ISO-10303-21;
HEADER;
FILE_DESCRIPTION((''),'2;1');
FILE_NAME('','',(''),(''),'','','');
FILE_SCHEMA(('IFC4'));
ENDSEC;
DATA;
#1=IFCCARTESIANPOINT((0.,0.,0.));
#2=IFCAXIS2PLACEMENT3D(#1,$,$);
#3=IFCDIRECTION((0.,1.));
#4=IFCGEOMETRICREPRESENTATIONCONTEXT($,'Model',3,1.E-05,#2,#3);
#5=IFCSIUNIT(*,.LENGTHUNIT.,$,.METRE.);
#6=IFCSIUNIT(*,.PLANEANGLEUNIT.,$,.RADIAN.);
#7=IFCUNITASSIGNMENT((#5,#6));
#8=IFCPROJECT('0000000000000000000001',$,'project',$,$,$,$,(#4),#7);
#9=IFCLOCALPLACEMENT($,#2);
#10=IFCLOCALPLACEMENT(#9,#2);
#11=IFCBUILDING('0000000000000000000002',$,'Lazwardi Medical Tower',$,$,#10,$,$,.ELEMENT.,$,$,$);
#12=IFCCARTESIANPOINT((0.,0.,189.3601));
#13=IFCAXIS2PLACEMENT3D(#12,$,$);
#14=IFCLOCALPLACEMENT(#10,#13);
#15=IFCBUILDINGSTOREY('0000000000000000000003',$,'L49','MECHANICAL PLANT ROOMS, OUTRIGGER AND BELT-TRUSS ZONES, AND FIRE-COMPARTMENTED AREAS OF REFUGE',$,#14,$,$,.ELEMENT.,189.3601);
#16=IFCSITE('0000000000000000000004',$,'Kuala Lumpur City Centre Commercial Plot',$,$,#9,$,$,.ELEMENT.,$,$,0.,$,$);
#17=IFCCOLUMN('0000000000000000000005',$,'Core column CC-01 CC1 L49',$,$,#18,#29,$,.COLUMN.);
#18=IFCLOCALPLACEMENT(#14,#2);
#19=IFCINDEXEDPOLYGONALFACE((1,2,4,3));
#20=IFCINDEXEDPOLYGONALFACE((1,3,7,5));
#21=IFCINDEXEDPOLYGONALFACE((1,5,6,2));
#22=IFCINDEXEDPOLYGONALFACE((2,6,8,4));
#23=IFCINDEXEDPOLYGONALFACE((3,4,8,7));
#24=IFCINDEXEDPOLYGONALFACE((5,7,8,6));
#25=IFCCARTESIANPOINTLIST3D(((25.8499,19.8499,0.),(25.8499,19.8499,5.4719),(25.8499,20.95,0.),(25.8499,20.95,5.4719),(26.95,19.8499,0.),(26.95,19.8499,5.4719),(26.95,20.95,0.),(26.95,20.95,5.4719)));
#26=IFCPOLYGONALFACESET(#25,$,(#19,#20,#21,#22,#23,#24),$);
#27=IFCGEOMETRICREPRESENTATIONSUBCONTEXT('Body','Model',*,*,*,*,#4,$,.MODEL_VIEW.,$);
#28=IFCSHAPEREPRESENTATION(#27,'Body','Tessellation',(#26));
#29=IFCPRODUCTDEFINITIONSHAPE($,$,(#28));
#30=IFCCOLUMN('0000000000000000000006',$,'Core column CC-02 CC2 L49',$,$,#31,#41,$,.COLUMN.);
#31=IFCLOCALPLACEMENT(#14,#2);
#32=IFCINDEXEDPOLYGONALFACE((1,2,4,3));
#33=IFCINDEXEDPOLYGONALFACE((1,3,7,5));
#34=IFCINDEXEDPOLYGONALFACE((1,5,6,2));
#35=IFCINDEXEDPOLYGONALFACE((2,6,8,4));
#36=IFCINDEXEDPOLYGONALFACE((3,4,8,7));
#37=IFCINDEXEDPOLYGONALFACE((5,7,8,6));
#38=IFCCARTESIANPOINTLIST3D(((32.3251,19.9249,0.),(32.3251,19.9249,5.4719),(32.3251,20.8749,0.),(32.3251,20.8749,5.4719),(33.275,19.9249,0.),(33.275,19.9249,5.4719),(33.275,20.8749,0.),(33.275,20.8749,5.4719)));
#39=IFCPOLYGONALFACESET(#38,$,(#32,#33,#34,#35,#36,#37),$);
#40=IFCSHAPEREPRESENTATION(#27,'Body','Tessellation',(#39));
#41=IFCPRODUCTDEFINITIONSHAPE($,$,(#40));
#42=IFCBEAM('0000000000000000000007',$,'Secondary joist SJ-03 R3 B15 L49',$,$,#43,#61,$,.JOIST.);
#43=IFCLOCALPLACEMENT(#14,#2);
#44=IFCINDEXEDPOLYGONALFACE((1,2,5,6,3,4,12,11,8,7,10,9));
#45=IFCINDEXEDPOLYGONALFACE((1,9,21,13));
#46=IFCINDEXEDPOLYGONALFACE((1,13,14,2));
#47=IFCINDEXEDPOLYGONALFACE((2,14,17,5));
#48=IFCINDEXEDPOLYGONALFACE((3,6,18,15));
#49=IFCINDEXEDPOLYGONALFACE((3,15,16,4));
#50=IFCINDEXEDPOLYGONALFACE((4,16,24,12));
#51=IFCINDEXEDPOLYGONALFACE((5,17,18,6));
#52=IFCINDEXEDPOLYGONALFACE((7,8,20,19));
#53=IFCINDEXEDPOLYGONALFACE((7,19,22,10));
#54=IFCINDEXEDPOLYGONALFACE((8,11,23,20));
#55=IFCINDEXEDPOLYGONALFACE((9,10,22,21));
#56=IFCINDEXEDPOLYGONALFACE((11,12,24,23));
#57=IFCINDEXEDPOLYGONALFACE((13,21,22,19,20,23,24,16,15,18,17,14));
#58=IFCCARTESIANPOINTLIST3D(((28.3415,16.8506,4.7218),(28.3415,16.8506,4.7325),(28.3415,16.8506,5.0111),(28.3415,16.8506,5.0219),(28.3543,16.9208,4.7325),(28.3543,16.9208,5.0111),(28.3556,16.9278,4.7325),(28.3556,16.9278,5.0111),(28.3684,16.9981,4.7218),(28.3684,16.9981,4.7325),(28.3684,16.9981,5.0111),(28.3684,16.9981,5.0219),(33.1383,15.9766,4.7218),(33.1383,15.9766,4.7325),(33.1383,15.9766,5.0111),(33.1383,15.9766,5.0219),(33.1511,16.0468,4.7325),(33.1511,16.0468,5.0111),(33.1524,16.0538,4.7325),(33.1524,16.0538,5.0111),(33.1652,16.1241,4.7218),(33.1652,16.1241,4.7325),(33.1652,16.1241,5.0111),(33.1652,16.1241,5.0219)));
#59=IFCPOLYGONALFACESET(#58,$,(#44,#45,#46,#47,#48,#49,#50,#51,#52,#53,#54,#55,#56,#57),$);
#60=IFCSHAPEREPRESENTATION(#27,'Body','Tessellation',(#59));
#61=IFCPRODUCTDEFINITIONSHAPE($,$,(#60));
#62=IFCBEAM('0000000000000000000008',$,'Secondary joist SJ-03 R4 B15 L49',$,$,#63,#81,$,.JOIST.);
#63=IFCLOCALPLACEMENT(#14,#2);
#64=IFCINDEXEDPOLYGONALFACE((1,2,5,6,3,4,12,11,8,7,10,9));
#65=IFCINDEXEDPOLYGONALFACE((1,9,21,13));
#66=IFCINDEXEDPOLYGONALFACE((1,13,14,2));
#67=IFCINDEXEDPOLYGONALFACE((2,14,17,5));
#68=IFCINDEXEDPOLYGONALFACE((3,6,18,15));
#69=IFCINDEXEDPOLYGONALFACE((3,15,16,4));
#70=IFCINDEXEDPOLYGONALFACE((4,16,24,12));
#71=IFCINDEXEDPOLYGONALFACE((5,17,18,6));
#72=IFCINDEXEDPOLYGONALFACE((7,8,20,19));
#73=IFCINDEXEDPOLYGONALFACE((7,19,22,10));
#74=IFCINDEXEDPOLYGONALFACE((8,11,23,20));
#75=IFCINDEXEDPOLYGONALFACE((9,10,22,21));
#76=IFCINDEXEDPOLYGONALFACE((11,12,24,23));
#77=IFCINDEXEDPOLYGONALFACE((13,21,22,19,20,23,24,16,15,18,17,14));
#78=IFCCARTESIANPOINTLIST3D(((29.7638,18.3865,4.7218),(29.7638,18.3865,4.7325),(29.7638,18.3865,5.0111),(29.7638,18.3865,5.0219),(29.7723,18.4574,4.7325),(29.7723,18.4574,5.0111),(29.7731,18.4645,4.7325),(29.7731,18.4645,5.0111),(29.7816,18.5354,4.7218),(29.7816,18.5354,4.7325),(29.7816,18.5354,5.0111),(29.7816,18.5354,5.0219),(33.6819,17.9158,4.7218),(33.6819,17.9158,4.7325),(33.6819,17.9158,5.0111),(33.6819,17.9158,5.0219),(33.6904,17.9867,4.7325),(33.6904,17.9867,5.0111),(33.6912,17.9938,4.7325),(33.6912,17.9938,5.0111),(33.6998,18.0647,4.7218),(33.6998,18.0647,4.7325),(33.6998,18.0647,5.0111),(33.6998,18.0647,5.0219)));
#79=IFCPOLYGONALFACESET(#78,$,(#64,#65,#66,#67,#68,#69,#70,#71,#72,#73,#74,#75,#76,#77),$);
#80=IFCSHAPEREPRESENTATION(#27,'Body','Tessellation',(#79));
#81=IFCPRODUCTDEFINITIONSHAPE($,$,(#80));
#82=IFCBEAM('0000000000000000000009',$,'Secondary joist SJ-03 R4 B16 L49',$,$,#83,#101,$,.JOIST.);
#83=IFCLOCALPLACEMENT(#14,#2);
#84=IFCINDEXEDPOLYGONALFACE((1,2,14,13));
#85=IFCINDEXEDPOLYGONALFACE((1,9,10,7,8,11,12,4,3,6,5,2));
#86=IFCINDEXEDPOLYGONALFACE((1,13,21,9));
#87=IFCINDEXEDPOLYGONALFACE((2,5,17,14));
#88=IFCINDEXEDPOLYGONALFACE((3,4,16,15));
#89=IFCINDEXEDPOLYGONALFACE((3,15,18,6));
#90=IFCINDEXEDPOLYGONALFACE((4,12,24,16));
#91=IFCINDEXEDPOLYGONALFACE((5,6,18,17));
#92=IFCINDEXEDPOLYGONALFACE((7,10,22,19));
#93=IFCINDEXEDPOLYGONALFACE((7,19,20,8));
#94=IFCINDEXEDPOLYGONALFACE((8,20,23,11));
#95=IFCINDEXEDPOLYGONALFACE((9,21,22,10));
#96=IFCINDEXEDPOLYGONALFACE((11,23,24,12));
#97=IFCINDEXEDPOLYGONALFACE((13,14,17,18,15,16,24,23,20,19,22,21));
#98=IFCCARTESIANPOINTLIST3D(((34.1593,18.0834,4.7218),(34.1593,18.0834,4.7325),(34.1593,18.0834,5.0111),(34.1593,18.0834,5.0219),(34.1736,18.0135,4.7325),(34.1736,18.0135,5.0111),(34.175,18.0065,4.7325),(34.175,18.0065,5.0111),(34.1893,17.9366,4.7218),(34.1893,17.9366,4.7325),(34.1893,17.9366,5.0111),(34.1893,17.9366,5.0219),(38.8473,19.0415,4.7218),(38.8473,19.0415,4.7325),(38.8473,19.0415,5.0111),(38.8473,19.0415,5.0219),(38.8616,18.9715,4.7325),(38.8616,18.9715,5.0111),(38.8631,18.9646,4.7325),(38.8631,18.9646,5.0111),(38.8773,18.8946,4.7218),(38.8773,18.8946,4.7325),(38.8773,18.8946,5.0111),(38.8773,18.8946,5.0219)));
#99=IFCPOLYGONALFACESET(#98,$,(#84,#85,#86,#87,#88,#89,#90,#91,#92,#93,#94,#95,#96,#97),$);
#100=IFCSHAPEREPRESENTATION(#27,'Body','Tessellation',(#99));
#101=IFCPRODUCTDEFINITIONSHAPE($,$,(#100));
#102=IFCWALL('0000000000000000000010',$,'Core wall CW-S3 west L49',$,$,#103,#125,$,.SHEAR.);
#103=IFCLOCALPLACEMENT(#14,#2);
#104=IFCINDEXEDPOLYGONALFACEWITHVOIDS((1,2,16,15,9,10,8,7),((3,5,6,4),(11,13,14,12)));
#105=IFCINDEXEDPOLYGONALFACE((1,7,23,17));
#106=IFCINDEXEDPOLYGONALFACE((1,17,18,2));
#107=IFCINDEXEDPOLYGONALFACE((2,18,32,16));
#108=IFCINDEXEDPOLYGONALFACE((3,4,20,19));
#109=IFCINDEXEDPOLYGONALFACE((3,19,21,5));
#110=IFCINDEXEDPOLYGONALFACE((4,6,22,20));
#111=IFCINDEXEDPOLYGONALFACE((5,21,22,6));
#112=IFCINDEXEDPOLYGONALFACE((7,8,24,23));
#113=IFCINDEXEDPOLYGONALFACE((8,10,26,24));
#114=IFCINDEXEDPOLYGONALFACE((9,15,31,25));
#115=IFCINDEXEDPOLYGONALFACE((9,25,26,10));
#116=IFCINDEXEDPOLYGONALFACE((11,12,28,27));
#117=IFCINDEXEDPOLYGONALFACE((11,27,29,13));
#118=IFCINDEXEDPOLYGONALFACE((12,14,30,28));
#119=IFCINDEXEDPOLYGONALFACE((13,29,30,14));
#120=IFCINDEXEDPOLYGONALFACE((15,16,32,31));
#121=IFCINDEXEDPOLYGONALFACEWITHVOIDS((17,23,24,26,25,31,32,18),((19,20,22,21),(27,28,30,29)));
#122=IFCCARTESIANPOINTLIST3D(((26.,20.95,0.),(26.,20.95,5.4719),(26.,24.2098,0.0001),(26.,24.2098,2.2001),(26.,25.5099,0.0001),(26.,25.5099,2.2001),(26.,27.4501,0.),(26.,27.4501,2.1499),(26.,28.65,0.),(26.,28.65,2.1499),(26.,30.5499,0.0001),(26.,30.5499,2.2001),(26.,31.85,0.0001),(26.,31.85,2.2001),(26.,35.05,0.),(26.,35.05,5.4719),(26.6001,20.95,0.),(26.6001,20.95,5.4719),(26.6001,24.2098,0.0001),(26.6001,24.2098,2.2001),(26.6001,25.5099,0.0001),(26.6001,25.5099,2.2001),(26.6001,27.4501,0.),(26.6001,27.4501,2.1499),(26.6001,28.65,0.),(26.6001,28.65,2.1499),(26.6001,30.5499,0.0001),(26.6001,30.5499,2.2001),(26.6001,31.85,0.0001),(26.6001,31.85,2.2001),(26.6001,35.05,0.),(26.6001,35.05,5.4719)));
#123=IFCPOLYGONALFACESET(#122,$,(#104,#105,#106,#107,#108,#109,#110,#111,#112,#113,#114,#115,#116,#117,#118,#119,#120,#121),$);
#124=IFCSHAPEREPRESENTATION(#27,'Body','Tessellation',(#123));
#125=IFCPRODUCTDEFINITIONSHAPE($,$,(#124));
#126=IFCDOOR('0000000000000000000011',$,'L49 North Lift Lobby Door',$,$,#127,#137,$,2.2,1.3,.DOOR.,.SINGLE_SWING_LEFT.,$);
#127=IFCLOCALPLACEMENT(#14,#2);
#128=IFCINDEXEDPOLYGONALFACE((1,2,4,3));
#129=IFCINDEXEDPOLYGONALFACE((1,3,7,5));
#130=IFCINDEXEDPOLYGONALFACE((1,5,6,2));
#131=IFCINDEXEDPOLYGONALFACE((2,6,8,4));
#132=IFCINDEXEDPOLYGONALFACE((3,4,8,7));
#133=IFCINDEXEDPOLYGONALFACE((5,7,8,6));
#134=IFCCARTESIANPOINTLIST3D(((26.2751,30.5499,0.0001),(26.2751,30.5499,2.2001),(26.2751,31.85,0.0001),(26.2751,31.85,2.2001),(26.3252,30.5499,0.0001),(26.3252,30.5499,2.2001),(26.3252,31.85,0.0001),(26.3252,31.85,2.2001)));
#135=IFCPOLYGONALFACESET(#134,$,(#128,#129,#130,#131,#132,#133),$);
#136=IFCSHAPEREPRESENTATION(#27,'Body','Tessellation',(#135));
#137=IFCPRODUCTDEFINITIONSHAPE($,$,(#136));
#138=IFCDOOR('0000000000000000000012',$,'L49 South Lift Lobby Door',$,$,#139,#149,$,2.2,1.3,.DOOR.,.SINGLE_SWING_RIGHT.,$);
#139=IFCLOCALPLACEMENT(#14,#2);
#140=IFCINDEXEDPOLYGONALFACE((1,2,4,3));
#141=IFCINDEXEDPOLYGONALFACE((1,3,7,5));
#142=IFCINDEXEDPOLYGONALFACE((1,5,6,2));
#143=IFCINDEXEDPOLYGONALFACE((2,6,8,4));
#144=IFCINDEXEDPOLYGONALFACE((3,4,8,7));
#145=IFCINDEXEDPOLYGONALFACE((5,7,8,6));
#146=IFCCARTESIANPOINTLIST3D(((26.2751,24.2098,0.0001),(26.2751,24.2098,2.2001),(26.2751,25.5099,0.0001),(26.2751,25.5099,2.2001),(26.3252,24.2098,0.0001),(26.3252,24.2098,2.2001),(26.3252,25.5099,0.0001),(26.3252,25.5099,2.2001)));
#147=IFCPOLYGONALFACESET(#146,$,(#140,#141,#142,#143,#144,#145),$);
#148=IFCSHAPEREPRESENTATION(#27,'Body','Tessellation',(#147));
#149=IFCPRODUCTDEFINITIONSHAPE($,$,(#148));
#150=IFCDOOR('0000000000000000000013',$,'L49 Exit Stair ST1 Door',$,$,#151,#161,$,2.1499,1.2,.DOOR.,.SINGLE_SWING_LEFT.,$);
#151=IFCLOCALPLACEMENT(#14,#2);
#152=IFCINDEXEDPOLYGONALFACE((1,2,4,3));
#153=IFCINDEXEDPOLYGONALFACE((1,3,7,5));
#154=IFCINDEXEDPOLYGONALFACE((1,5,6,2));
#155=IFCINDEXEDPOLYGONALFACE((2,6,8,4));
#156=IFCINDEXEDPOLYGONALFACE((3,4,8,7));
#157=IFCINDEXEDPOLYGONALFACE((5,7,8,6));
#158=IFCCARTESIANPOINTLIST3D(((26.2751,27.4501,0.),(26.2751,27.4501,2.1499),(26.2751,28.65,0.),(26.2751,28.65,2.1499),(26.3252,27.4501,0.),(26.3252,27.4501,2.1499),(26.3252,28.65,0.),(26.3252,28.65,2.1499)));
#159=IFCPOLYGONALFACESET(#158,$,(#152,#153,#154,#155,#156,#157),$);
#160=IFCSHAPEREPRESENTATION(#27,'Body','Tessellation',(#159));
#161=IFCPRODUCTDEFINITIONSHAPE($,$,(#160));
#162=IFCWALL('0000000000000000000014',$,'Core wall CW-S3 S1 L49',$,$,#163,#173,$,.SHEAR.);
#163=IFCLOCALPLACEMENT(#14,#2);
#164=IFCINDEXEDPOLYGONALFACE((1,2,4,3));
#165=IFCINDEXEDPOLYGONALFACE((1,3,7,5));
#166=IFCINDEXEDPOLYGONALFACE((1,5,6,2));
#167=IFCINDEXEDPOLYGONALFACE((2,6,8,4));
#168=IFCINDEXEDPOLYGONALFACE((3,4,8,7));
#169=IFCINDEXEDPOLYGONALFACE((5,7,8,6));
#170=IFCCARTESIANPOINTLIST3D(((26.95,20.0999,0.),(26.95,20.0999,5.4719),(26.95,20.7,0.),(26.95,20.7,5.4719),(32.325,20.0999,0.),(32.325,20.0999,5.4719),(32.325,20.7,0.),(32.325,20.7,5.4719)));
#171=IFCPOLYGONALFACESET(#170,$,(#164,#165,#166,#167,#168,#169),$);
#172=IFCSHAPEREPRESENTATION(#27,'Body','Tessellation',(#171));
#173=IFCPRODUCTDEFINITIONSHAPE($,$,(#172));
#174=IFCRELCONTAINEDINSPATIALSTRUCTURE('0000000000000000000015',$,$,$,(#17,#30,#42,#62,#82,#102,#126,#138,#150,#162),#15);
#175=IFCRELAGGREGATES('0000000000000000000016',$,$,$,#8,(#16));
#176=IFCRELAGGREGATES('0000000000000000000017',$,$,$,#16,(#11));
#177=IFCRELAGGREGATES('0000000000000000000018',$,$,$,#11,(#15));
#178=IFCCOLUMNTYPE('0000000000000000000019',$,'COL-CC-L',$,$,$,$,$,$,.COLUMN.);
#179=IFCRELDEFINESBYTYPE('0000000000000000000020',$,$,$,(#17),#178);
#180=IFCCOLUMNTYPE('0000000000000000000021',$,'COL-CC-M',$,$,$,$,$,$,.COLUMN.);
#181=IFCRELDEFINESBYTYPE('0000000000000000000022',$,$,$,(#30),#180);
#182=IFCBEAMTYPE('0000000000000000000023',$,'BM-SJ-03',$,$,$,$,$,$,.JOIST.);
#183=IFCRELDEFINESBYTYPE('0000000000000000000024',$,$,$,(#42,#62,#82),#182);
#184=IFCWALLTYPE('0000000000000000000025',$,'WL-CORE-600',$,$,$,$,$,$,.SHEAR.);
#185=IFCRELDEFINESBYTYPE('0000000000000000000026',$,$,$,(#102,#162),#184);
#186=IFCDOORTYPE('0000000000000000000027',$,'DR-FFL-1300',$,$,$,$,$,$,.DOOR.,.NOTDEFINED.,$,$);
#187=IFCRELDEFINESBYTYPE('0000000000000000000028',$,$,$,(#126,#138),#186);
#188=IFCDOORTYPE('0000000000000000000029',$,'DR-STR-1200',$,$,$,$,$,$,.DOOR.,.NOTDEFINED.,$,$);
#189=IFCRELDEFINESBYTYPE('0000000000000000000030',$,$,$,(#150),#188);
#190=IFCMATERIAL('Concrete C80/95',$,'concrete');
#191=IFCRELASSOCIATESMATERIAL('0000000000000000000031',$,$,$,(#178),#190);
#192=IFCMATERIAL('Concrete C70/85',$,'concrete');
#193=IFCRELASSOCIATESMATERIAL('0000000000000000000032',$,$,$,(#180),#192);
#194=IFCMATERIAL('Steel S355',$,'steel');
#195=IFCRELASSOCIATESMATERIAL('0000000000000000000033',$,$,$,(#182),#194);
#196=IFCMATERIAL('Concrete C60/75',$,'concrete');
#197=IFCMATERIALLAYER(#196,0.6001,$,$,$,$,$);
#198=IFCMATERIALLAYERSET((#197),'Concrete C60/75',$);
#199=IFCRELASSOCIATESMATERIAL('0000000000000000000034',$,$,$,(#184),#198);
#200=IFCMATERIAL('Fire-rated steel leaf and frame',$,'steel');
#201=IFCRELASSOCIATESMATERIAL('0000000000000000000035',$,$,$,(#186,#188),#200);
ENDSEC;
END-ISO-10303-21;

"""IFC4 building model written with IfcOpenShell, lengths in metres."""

from ifc_helpers import new_model, si_unit, direction, frame, frame_2d, origin, origin_2d, place, context, subcontext, project, spatial, rectangle, i_section, extrude, material, layer, layer_set, material_profile, profile_set, type_object, element, fill, save


model = new_model("IFC4")

# Units and contexts
model_context = context("Model", 3, precision=1e-05, world=origin(), true_north=direction((0.0, 1.0)))
body_context = subcontext(model_context, "Body", "Model", "MODEL_VIEW")
ifc_project = project(units=[si_unit("LENGTHUNIT", "METRE"), si_unit("PLANEANGLEUNIT", "RADIAN")], contexts=[model_context])

# Site, building, storey
site_placement = place(None, origin())
site = spatial("IfcSite", under=ifc_project, at=site_placement, Name="Kuala Lumpur City Centre Commercial Plot", CompositionType="ELEMENT", RefElevation=0.0)
building_placement = place(site_placement, origin())
building = spatial("IfcBuilding", under=site, at=building_placement, Name="Lazwardi Medical Tower", CompositionType="ELEMENT")
storey_placement = place(building_placement, frame((0.0, 0.0, 189.3601)))
storey = spatial("IfcBuildingStorey", under=building, at=storey_placement, Name="L49", Description="MECHANICAL PLANT ROOMS, OUTRIGGER AND BELT-TRUSS ZONES, AND FIRE-COMPARTMENTED AREAS OF REFUGE", CompositionType="ELEMENT", Elevation=189.3601)

# Columns
ifc_material_1 = material(Name="Concrete C80/95", Category="concrete")
ifc_material_profile_1 = material_profile(ifc_material_1, rectangle(XDim=1.1001, YDim=1.1001, at=origin_2d()), Name="RC 1100x1100")
ifc_profile_set_1 = profile_set([ifc_material_profile_1], Name="Concrete C80/95")
column_type_1 = type_object("IfcColumnType", Name="COL-CC-L", PredefinedType="COLUMN", material=ifc_profile_set_1)
column_1_placement = place(storey_placement, frame((26.3999, 20.3999, 0.0), z_axis=(0.0, 0.0, 1.0), x_axis=(1.0, 0.0, 0.0)))
element("IfcColumn", 1, at=column_1_placement, inside=storey, type_object=column_type_1, Name="Core column CC-01 CC1 L49", PredefinedType="COLUMN", context=body_context, shape_type="SweptSolid", body=[
    extrude(rectangle(XDim=1.1001, YDim=1.1001, at=origin_2d()), origin(), (0.0, 0.0, 1.0), 5.4719),
])
ifc_material_2 = material(Name="Concrete C70/85", Category="concrete")
ifc_material_profile_2 = material_profile(ifc_material_2, rectangle(XDim=0.95, YDim=0.95, at=origin_2d()), Name="RC 950x950")
ifc_profile_set_2 = profile_set([ifc_material_profile_2], Name="Concrete C70/85")
column_type_2 = type_object("IfcColumnType", Name="COL-CC-M", PredefinedType="COLUMN", material=ifc_profile_set_2)
column_2_placement = place(storey_placement, frame((32.8, 20.3999, 0.0), z_axis=(0.0, 0.0, 1.0), x_axis=(1.0, 0.0, 0.0)))
element("IfcColumn", 2, at=column_2_placement, inside=storey, type_object=column_type_2, Name="Core column CC-02 CC2 L49", PredefinedType="COLUMN", context=body_context, shape_type="SweptSolid", body=[
    extrude(rectangle(XDim=0.95, YDim=0.95, at=origin_2d()), origin(), (0.0, 0.0, 1.0), 5.4719),
])

# Beams
ifc_material_3 = material(Name="Steel S355", Category="steel")
ifc_material_profile_3 = material_profile(ifc_material_3, i_section(OverallWidth=0.1499, OverallDepth=0.3, WebThickness=0.0071, FlangeThickness=0.0107, at=origin_2d()), Name="IPE 300")
ifc_profile_set_3 = profile_set([ifc_material_profile_3], Name="Steel S355")
beam_type = type_object("IfcBeamType", Name="BM-SJ-03", PredefinedType="JOIST", material=ifc_profile_set_3)
beam_1_placement = place(storey_placement, frame((28.355, 16.9243, 4.8718), z_axis=(0.983803, -0.179256, 0.0), x_axis=(0.179256, 0.983803, 0.0)))
element("IfcBeam", 3, at=beam_1_placement, inside=storey, type_object=beam_type, Name="Secondary joist SJ-03 R3 B15 L49", PredefinedType="JOIST", context=body_context, shape_type="SweptSolid", body=[
    extrude(i_section(OverallWidth=0.1499, OverallDepth=0.3, WebThickness=0.0071, FlangeThickness=0.0107, at=origin_2d()), origin(), (0.0, 0.0, 1.0), 4.8757),
])
beam_2_placement = place(storey_placement, frame((29.7727, 18.4609, 4.8718), z_axis=(0.992861, -0.119275, 0.0), x_axis=(0.119275, 0.992861, 0.0)))
element("IfcBeam", 4, at=beam_2_placement, inside=storey, type_object=beam_type, Name="Secondary joist SJ-03 R4 B15 L49", PredefinedType="JOIST", context=body_context, shape_type="SweptSolid", body=[
    extrude(i_section(OverallWidth=0.1499, OverallDepth=0.3, WebThickness=0.0071, FlangeThickness=0.0107, at=origin_2d()), origin(), (0.0, 0.0, 1.0), 3.9463),
])
beam_3_placement = place(storey_placement, frame((34.1743, 18.01, 4.8718), z_axis=(0.979752, 0.200216, 0.0), x_axis=(-0.200216, 0.979752, 0.0)))
element("IfcBeam", 5, at=beam_3_placement, inside=storey, type_object=beam_type, Name="Secondary joist SJ-03 R4 B16 L49", PredefinedType="JOIST", context=body_context, shape_type="SweptSolid", body=[
    extrude(i_section(OverallWidth=0.1499, OverallDepth=0.3, WebThickness=0.0071, FlangeThickness=0.0107, at=origin_2d()), origin(), (0.0, 0.0, 1.0), 4.7849),
])

# Wall, openings, doors
ifc_material_4 = material(Name="Concrete C60/75", Category="concrete")
ifc_layer_1 = layer(ifc_material_4, 0.6001)
ifc_layer_set_1 = layer_set([ifc_layer_1], Name="Concrete C60/75")
wall_type_1 = type_object("IfcWallType", Name="WL-CORE-600", PredefinedType="SHEAR", material=ifc_layer_set_1)
wall_1_placement = place(storey_placement, frame((26.3, 20.95, 0.0), z_axis=(0.0, 0.0, 1.0), x_axis=(0.0, 1.0, 0.0)))
wall_1 = element("IfcWall", 6, at=wall_1_placement, inside=storey, type_object=wall_type_1, Name="Core wall CW-S3 west L49", PredefinedType="SHEAR", context=body_context, shape_type="SweptSolid", body=[
    extrude(rectangle(XDim=14.1001, YDim=0.6001, at=frame_2d((7.05, 0.0))), origin(), (0.0, 0.0, 1.0), 5.4719),
])
opening_1_placement = place(wall_1_placement, frame((6.5, 0.0, 0.0)))
opening_1 = element("IfcOpeningElement", 7, at=opening_1_placement, cuts=wall_1, PredefinedType="OPENING", context=body_context, shape_type="SweptSolid", body=[
    extrude(rectangle(XDim=1.2, YDim=2.1499, at=frame_2d((0.6001, 1.075))), frame((0.0, 0.3101, 0.0), z_axis=(0.0, -1.0, 0.0), x_axis=(1.0, 0.0, 0.0)), (0.0, 0.0, 1.0), 0.6201),
])
opening_2_placement = place(wall_1_placement, frame((9.6001, 0.0, 0.0)))
opening_2 = element("IfcOpeningElement", 8, at=opening_2_placement, cuts=wall_1, PredefinedType="OPENING", context=body_context, shape_type="SweptSolid", body=[
    extrude(rectangle(XDim=1.3, YDim=2.2, at=frame_2d((0.6499, 1.1001))), frame((0.0, 0.3101, 0.0), z_axis=(0.0, -1.0, 0.0), x_axis=(1.0, 0.0, 0.0)), (0.0, 0.0, 1.0), 0.6201),
])
opening_3_placement = place(wall_1_placement, frame((3.26, 0.0, 0.0)))
opening_3 = element("IfcOpeningElement", 9, at=opening_3_placement, cuts=wall_1, PredefinedType="OPENING", context=body_context, shape_type="SweptSolid", body=[
    extrude(rectangle(XDim=1.3, YDim=2.2, at=frame_2d((0.6499, 1.1001))), frame((0.0, 0.3101, 0.0), z_axis=(0.0, -1.0, 0.0), x_axis=(1.0, 0.0, 0.0)), (0.0, 0.0, 1.0), 0.6201),
])
ifc_material_5 = material(Name="Fire-rated steel leaf and frame", Category="steel")
door_type_1 = type_object("IfcDoorType", Name="DR-FFL-1300", OperationType="NOTDEFINED", PredefinedType="DOOR", material=ifc_material_5)
door_1_placement = place(opening_2_placement, origin())
door_1 = element("IfcDoor", 10, at=door_1_placement, inside=storey, type_object=door_type_1, Name="L49 North Lift Lobby Door", OperationType="SINGLE_SWING_LEFT", OverallHeight=2.2, OverallWidth=1.3, PredefinedType="DOOR", context=body_context, shape_type="SweptSolid", body=[
    extrude(rectangle(XDim=1.3, YDim=2.2, at=frame_2d((0.6499, 1.1001))), frame((0.0, 0.0249, 0.0), z_axis=(0.0, -1.0, 0.0), x_axis=(1.0, 0.0, 0.0)), (0.0, 0.0, 1.0), 0.05),
])
fill(opening_2, door_1)
door_2_placement = place(opening_3_placement, origin())
door_2 = element("IfcDoor", 11, at=door_2_placement, inside=storey, type_object=door_type_1, Name="L49 South Lift Lobby Door", OperationType="SINGLE_SWING_RIGHT", OverallHeight=2.2, OverallWidth=1.3, PredefinedType="DOOR", context=body_context, shape_type="SweptSolid", body=[
    extrude(rectangle(XDim=1.3, YDim=2.2, at=frame_2d((0.6499, 1.1001))), frame((0.0, 0.0249, 0.0), z_axis=(0.0, -1.0, 0.0), x_axis=(1.0, 0.0, 0.0)), (0.0, 0.0, 1.0), 0.05),
])
fill(opening_3, door_2)
door_type_2 = type_object("IfcDoorType", Name="DR-STR-1200", OperationType="NOTDEFINED", PredefinedType="DOOR", material=ifc_material_5)
door_3_placement = place(opening_1_placement, origin())
door_3 = element("IfcDoor", 12, at=door_3_placement, inside=storey, type_object=door_type_2, Name="L49 Exit Stair ST1 Door", OperationType="SINGLE_SWING_LEFT", OverallHeight=2.1499, OverallWidth=1.2, PredefinedType="DOOR", context=body_context, shape_type="SweptSolid", body=[
    extrude(rectangle(XDim=1.2, YDim=2.1499, at=frame_2d((0.6001, 1.075))), frame((0.0, 0.0249, 0.0), z_axis=(0.0, -1.0, 0.0), x_axis=(1.0, 0.0, 0.0)), (0.0, 0.0, 1.0), 0.05),
])
fill(opening_1, door_3)

# Wall
wall_2_placement = place(storey_placement, frame((26.95, 20.3999, 0.0), z_axis=(0.0, 0.0, 1.0), x_axis=(1.0, 0.0, 0.0)))
element("IfcWall", 13, at=wall_2_placement, inside=storey, type_object=wall_type_1, Name="Core wall CW-S3 S1 L49", PredefinedType="SHEAR", context=body_context, shape_type="SweptSolid", body=[
    extrude(rectangle(XDim=5.375, YDim=0.6001, at=frame_2d((2.6875, 0.0))), origin(), (0.0, 0.0, 1.0), 5.4719),
])

save(model, "model.ifc")
